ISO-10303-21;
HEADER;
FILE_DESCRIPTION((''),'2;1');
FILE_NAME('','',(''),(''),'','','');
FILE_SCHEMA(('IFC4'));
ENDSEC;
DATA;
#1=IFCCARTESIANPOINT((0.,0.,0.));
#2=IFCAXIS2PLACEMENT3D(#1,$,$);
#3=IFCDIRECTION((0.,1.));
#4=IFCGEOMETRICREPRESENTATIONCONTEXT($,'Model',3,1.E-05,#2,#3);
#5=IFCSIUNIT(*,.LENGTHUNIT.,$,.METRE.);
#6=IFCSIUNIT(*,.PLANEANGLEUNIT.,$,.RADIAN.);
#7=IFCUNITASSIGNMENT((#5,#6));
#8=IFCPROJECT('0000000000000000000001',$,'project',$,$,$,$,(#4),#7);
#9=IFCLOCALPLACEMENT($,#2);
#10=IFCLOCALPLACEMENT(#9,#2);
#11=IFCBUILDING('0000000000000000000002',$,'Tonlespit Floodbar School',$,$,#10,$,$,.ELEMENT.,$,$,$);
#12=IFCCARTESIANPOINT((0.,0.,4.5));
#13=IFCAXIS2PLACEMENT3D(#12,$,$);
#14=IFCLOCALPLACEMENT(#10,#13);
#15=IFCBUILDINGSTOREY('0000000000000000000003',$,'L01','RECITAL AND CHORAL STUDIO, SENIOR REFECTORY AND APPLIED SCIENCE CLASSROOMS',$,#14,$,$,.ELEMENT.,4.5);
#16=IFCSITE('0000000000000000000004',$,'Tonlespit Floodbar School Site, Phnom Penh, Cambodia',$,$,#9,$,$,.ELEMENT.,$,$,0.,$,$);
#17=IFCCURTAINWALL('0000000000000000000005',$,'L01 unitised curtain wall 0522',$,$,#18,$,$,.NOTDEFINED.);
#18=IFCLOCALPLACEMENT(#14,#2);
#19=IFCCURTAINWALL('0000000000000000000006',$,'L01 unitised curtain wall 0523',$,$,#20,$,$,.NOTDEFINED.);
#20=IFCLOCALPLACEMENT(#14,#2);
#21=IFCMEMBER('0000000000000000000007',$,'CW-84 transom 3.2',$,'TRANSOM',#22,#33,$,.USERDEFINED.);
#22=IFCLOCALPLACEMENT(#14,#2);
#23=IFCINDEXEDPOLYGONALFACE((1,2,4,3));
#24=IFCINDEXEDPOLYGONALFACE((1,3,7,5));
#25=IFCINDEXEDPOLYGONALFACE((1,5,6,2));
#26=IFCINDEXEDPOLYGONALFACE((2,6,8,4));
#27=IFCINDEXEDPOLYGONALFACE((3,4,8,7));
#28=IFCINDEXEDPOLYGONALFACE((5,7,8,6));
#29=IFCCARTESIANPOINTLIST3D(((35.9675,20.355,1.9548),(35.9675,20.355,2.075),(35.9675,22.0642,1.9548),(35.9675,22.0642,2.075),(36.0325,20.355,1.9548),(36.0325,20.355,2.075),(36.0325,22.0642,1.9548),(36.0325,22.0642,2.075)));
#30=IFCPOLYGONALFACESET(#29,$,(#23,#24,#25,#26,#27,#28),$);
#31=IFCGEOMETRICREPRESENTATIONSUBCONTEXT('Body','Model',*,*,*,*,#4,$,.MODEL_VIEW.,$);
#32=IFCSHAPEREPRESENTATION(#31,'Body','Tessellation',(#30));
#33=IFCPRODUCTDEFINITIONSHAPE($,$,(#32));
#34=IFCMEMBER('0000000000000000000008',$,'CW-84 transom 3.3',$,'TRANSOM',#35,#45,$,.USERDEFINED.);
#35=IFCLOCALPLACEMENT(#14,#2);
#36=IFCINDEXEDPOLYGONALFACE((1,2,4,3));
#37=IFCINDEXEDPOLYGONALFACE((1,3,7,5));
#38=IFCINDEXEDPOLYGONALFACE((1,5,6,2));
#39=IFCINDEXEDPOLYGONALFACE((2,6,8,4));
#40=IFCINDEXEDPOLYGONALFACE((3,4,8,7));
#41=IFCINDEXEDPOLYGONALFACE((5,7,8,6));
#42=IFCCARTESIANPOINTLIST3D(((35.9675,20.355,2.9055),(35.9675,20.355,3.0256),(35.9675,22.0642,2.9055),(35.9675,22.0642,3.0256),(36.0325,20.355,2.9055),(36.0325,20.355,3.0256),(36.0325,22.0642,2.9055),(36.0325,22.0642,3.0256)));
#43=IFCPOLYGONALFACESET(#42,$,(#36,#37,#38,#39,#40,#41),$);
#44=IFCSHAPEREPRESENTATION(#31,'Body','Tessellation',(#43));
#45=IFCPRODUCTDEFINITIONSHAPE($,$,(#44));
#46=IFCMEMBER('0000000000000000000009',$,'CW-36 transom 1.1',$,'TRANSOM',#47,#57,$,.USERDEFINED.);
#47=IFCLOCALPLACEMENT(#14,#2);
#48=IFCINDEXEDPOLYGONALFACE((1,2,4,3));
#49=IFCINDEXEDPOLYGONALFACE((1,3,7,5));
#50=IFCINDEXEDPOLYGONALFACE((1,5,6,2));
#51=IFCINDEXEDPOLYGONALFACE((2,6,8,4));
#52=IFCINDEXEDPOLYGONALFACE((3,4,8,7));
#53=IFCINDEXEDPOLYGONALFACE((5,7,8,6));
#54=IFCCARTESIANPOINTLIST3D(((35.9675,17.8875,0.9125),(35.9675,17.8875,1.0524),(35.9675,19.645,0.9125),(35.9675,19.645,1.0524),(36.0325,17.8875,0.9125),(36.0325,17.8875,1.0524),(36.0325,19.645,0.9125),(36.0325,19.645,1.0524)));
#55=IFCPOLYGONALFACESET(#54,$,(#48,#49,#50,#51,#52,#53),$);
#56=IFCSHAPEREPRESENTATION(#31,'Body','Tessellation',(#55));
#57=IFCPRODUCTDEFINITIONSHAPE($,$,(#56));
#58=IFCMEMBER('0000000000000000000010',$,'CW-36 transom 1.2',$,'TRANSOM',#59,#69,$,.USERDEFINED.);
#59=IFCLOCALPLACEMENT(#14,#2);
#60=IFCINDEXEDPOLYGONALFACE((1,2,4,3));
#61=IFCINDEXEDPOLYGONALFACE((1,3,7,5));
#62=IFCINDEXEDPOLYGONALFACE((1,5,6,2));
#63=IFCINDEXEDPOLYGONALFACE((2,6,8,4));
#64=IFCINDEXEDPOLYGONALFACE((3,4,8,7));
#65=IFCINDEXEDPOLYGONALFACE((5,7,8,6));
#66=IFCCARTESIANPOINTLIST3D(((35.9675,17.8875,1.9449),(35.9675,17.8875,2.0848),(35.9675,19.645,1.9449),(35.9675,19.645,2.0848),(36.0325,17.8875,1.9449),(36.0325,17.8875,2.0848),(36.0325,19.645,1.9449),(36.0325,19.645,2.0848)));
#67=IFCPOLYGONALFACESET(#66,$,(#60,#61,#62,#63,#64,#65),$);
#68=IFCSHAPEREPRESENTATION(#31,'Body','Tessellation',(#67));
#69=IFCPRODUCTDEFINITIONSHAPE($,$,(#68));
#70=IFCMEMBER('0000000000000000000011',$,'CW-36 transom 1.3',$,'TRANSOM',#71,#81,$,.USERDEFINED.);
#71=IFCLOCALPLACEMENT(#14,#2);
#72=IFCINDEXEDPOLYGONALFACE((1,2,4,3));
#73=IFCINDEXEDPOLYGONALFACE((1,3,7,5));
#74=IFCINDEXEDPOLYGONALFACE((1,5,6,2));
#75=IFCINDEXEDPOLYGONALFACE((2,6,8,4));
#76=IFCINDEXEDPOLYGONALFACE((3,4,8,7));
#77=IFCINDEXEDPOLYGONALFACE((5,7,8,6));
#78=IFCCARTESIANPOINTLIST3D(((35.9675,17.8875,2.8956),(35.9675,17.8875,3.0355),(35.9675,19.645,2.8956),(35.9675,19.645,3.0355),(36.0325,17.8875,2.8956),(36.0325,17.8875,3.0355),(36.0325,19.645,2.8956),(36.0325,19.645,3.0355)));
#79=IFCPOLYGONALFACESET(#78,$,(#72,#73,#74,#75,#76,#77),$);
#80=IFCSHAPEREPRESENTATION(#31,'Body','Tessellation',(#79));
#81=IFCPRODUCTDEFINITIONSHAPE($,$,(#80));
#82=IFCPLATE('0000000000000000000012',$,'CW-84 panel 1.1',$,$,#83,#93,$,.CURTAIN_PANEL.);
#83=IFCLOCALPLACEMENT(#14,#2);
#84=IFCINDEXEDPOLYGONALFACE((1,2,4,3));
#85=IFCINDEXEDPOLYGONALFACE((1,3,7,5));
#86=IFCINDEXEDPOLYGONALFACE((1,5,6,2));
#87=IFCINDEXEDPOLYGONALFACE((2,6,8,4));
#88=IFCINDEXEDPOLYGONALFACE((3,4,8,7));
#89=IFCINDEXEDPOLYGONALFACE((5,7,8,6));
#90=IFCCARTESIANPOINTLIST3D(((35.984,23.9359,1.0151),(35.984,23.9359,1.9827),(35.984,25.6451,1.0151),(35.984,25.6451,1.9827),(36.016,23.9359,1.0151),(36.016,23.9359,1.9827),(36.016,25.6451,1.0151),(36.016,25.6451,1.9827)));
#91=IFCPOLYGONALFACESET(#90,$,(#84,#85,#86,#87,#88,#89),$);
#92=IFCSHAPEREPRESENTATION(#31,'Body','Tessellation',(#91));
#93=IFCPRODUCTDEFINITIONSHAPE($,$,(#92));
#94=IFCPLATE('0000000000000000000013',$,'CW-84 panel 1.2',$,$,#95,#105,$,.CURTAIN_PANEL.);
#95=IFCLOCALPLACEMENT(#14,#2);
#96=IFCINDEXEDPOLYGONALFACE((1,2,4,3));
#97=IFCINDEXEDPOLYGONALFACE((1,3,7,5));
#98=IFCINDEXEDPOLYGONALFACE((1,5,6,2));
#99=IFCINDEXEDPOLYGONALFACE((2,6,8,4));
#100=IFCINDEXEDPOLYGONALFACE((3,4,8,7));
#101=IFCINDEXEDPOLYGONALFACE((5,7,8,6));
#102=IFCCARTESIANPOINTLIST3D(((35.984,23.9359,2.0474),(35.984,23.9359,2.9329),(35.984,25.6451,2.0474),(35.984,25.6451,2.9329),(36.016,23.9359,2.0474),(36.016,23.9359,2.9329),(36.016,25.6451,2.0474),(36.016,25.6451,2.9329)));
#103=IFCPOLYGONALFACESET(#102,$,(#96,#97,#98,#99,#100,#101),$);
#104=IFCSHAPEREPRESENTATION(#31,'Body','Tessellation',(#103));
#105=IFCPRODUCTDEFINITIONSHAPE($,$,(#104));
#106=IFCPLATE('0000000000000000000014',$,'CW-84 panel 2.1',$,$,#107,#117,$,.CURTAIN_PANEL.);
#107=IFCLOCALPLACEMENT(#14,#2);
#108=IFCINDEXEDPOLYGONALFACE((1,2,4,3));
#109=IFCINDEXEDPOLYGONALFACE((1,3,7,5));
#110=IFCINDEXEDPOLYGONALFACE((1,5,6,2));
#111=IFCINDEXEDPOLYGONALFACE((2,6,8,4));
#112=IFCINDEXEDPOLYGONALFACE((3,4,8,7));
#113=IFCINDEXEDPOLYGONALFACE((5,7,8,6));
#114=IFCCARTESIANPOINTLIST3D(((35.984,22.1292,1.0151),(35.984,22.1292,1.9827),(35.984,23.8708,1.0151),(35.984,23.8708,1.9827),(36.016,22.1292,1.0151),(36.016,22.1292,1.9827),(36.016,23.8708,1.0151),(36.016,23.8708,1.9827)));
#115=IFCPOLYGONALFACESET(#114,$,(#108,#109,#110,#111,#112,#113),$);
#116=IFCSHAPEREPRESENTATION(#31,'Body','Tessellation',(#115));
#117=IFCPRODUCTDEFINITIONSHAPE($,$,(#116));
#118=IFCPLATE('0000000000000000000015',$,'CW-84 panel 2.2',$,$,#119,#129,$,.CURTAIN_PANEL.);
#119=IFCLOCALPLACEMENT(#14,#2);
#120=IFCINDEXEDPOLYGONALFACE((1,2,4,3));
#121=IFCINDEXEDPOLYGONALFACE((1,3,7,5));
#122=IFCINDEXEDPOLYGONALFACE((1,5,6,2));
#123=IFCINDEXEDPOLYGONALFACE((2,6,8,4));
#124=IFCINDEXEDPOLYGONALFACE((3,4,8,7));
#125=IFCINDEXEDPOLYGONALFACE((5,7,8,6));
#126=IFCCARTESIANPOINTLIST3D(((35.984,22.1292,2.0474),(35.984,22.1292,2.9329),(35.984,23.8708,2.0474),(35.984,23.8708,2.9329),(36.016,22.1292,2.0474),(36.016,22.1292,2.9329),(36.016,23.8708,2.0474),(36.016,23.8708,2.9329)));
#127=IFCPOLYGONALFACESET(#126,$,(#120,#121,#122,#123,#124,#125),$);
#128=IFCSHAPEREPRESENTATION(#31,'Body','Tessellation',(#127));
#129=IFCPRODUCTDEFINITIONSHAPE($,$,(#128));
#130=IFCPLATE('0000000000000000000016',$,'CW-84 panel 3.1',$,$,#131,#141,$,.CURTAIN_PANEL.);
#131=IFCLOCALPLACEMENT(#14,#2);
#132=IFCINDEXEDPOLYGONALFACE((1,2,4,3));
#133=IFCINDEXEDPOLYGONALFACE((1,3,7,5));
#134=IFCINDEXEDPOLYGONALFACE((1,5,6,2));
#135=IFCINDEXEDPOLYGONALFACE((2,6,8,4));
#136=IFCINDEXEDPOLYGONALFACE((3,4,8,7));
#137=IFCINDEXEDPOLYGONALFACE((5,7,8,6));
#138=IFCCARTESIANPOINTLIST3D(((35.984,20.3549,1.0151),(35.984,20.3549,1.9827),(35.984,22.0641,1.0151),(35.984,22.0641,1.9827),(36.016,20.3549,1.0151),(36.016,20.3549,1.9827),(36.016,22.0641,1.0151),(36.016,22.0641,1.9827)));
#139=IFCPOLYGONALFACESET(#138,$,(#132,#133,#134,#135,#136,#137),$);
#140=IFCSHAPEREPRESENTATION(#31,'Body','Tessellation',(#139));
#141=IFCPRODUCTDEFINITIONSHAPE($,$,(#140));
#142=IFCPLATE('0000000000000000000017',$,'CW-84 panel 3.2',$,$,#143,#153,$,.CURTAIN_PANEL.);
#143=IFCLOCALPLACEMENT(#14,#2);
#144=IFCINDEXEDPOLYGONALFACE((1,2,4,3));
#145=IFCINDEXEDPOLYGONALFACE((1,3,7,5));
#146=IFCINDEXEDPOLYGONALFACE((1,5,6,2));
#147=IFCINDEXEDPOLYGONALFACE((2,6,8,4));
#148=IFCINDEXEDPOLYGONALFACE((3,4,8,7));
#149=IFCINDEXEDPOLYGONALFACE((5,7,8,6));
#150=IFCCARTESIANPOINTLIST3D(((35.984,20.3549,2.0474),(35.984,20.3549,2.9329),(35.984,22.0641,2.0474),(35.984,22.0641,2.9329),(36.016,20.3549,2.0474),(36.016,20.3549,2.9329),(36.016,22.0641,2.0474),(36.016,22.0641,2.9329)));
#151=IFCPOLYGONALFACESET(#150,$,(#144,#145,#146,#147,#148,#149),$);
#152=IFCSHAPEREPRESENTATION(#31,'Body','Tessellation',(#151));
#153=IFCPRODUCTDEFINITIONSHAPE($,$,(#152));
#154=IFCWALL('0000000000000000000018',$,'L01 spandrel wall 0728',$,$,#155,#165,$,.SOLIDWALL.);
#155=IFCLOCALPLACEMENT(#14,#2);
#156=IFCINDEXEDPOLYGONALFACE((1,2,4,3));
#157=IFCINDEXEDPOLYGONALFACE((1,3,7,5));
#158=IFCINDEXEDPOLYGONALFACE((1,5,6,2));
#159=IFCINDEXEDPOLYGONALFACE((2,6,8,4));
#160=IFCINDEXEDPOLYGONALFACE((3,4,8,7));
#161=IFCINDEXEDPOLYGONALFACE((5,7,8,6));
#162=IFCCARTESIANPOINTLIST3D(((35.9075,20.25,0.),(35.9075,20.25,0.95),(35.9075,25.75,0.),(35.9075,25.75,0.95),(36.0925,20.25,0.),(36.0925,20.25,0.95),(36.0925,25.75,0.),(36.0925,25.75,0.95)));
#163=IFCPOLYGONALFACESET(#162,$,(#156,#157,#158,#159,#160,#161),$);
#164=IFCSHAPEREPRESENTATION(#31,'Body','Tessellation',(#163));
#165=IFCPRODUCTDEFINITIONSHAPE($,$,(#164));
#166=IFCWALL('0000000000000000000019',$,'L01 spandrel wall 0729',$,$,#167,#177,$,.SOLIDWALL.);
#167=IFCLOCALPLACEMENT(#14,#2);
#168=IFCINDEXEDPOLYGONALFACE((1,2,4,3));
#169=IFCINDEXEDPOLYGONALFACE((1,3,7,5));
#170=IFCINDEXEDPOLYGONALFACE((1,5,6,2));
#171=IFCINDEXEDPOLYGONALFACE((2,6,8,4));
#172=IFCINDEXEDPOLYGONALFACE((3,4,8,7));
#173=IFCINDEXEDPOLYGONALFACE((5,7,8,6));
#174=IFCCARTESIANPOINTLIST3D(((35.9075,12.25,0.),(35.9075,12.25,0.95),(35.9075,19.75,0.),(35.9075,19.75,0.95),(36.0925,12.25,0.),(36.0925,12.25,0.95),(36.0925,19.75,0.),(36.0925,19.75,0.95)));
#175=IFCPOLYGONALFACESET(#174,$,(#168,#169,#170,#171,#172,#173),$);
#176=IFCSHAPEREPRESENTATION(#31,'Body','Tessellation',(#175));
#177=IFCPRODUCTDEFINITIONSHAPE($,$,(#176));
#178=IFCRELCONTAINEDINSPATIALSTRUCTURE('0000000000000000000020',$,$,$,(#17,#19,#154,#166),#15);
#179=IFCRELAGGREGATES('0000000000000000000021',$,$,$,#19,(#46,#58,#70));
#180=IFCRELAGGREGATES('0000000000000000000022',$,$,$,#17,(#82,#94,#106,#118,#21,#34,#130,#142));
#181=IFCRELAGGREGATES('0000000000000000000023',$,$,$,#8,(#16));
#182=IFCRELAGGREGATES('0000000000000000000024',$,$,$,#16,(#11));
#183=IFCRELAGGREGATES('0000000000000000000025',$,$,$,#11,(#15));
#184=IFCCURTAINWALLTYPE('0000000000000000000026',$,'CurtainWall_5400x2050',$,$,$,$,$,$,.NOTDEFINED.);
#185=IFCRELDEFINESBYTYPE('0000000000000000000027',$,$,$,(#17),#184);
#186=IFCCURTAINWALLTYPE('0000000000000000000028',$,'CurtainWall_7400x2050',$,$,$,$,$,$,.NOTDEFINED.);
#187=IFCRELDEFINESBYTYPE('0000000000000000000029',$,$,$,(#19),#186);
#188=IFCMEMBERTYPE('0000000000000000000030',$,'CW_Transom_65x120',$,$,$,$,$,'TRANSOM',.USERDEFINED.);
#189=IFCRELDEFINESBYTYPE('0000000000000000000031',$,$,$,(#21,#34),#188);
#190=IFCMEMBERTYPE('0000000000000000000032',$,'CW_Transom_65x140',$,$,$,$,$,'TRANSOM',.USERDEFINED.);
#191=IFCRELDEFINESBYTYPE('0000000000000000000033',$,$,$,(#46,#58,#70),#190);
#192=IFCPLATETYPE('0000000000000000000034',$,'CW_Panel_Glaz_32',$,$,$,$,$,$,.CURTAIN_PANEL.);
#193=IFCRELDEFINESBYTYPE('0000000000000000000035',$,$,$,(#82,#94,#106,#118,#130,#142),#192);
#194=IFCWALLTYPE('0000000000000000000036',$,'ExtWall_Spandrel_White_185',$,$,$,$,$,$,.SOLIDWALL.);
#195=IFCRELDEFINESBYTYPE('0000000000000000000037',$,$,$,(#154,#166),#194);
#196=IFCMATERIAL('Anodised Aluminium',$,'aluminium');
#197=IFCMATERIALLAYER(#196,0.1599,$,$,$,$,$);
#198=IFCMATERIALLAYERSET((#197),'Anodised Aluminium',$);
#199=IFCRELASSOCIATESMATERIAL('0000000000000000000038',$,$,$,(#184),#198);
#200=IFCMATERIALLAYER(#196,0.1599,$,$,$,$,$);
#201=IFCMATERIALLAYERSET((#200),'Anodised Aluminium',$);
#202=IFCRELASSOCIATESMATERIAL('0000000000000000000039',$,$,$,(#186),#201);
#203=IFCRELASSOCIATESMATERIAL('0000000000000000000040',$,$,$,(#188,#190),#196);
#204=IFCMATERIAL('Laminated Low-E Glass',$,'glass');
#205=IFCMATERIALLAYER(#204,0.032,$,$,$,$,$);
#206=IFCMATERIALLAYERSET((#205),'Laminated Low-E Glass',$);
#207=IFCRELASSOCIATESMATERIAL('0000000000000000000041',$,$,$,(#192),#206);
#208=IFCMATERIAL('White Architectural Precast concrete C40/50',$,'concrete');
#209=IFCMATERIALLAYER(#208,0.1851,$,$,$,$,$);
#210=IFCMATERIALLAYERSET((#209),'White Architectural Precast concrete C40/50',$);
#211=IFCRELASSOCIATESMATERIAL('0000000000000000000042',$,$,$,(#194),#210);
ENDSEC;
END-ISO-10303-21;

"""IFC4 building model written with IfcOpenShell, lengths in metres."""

from ifc_helpers import new_model, si_unit, direction, frame, frame_2d, origin, origin_2d, place, context, subcontext, project, spatial, rectangle, extrude, material, layer, layer_set, material_profile, profile_set, type_object, element, aggregate, save


model = new_model("IFC4")

# Units and contexts
model_context = context("Model", 3, precision=1e-05, world=origin(), true_north=direction((0.0, 1.0)))
body_context = subcontext(model_context, "Body", "Model", "MODEL_VIEW")
ifc_project = project(units=[si_unit("LENGTHUNIT", "METRE"), si_unit("PLANEANGLEUNIT", "RADIAN")], contexts=[model_context])

# Site, building, storey
site_placement = place(None, origin())
site = spatial("IfcSite", under=ifc_project, at=site_placement, Name="Tonlespit Floodbar School Site, Phnom Penh, Cambodia", CompositionType="ELEMENT", RefElevation=0.0)
building_placement = place(site_placement, origin())
building = spatial("IfcBuilding", under=site, at=building_placement, Name="Tonlespit Floodbar School", CompositionType="ELEMENT")
storey_placement = place(building_placement, frame((0.0, 0.0, 4.5)))
storey = spatial("IfcBuildingStorey", under=building, at=storey_placement, Name="L01", Description="RECITAL AND CHORAL STUDIO, SENIOR REFECTORY AND APPLIED SCIENCE CLASSROOMS", CompositionType="ELEMENT", Elevation=4.5)

# Curtain wall
ifc_material_1 = material(Name="Anodised Aluminium", Category="aluminium")
ifc_layer_1 = layer(ifc_material_1, 0.1599)
ifc_layer_set_1 = layer_set([ifc_layer_1], Name="Anodised Aluminium")
curtain_wall_type_1 = type_object("IfcCurtainWallType", Name="CurtainWall_5400x2050", PredefinedType="NOTDEFINED", material=ifc_layer_set_1)
curtain_wall_1_placement = place(storey_placement, origin())
curtain_wall_1 = element("IfcCurtainWall", 1, at=curtain_wall_1_placement, inside=storey, type_object=curtain_wall_type_1, Name="L01 unitised curtain wall 0522", PredefinedType="NOTDEFINED")

# Curtain wall
ifc_layer_2 = layer(ifc_material_1, 0.1599)
ifc_layer_set_2 = layer_set([ifc_layer_2], Name="Anodised Aluminium")
curtain_wall_type_2 = type_object("IfcCurtainWallType", Name="CurtainWall_7400x2050", PredefinedType="NOTDEFINED", material=ifc_layer_set_2)
curtain_wall_2_placement = place(storey_placement, origin())
curtain_wall_2 = element("IfcCurtainWall", 2, at=curtain_wall_2_placement, inside=storey, type_object=curtain_wall_type_2, Name="L01 unitised curtain wall 0523", PredefinedType="NOTDEFINED")

# Members
ifc_material_profile_1 = material_profile(ifc_material_1, rectangle(XDim=0.0649, YDim=0.1201, at=origin_2d()), Name="ALU T65x120")
ifc_profile_set_1 = profile_set([ifc_material_profile_1], Name="Anodised Aluminium")
member_type_1 = type_object("IfcMemberType", Name="CW_Transom_65x120", ElementType="TRANSOM", PredefinedType="USERDEFINED", material=ifc_profile_set_1)
member_1_placement = place(storey_placement, frame((36.0, 22.0642, 2.0149), z_axis=(0.0, -1.0, 0.0), x_axis=(1.0, 0.0, 0.0)))
member_1 = element("IfcMember", 3, at=member_1_placement, type_object=member_type_1, Name="CW-84 transom 3.2", ObjectType="TRANSOM", PredefinedType="USERDEFINED", context=body_context, shape_type="SweptSolid", body=[
    extrude(rectangle(XDim=0.0649, YDim=0.1201, at=origin_2d()), origin(), (0.0, 0.0, 1.0), 1.7092),
])
member_2_placement = place(storey_placement, frame((36.0, 22.0642, 2.9656), z_axis=(0.0, -1.0, 0.0), x_axis=(1.0, 0.0, 0.0)))
member_2 = element("IfcMember", 4, at=member_2_placement, type_object=member_type_1, Name="CW-84 transom 3.3", ObjectType="TRANSOM", PredefinedType="USERDEFINED", context=body_context, shape_type="SweptSolid", body=[
    extrude(rectangle(XDim=0.0649, YDim=0.1201, at=origin_2d()), origin(), (0.0, 0.0, 1.0), 1.7092),
])
ifc_material_profile_2 = material_profile(ifc_material_1, rectangle(XDim=0.0649, YDim=0.1399, at=origin_2d()), Name="ALU T65x140")
ifc_profile_set_2 = profile_set([ifc_material_profile_2], Name="Anodised Aluminium")
member_type_2 = type_object("IfcMemberType", Name="CW_Transom_65x140", ElementType="TRANSOM", PredefinedType="USERDEFINED", material=ifc_profile_set_2)
member_3_placement = place(storey_placement, frame((36.0, 19.645, 0.9824), z_axis=(0.0, -1.0, 0.0), x_axis=(1.0, 0.0, 0.0)))
member_3 = element("IfcMember", 5, at=member_3_placement, type_object=member_type_2, Name="CW-36 transom 1.1", ObjectType="TRANSOM", PredefinedType="USERDEFINED", context=body_context, shape_type="SweptSolid", body=[
    extrude(rectangle(XDim=0.0649, YDim=0.1399, at=origin_2d()), origin(), (0.0, 0.0, 1.0), 1.7576),
])
member_4_placement = place(storey_placement, frame((36.0, 19.645, 2.0149), z_axis=(0.0, -1.0, 0.0), x_axis=(1.0, 0.0, 0.0)))
member_4 = element("IfcMember", 6, at=member_4_placement, type_object=member_type_2, Name="CW-36 transom 1.2", ObjectType="TRANSOM", PredefinedType="USERDEFINED", context=body_context, shape_type="SweptSolid", body=[
    extrude(rectangle(XDim=0.0649, YDim=0.1399, at=origin_2d()), origin(), (0.0, 0.0, 1.0), 1.7576),
])
member_5_placement = place(storey_placement, frame((36.0, 19.645, 2.9656), z_axis=(0.0, -1.0, 0.0), x_axis=(1.0, 0.0, 0.0)))
member_5 = element("IfcMember", 7, at=member_5_placement, type_object=member_type_2, Name="CW-36 transom 1.3", ObjectType="TRANSOM", PredefinedType="USERDEFINED", context=body_context, shape_type="SweptSolid", body=[
    extrude(rectangle(XDim=0.0649, YDim=0.1399, at=origin_2d()), origin(), (0.0, 0.0, 1.0), 1.7576),
])
aggregate(curtain_wall_2, [member_3, member_4, member_5])

# Plates
ifc_material_2 = material(Name="Laminated Low-E Glass", Category="glass")
ifc_layer_3 = layer(ifc_material_2, 0.032)
ifc_layer_set_3 = layer_set([ifc_layer_3], Name="Laminated Low-E Glass")
plate_type = type_object("IfcPlateType", Name="CW_Panel_Glaz_32", PredefinedType="CURTAIN_PANEL", material=ifc_layer_set_3)
plate_1_placement = place(storey_placement, frame((36.0, 24.7905, 1.0151), z_axis=(0.0, 0.0, 1.0), x_axis=(0.0, -1.0, 0.0)))
plate_1 = element("IfcPlate", 8, at=plate_1_placement, type_object=plate_type, Name="CW-84 panel 1.1", PredefinedType="CURTAIN_PANEL", context=body_context, shape_type="SweptSolid", body=[
    extrude(rectangle(XDim=1.7092, YDim=0.032, at=origin_2d()), origin(), (0.0, 0.0, 1.0), 0.9675),
])
plate_2_placement = place(storey_placement, frame((36.0, 24.7905, 2.0474), z_axis=(0.0, 0.0, 1.0), x_axis=(0.0, -1.0, 0.0)))
plate_2 = element("IfcPlate", 9, at=plate_2_placement, type_object=plate_type, Name="CW-84 panel 1.2", PredefinedType="CURTAIN_PANEL", context=body_context, shape_type="SweptSolid", body=[
    extrude(rectangle(XDim=1.7092, YDim=0.032, at=origin_2d()), origin(), (0.0, 0.0, 1.0), 0.8855),
])
plate_3_placement = place(storey_placement, frame((36.0, 23.0, 1.0151), z_axis=(0.0, 0.0, 1.0), x_axis=(0.0, -1.0, 0.0)))
plate_3 = element("IfcPlate", 10, at=plate_3_placement, type_object=plate_type, Name="CW-84 panel 2.1", PredefinedType="CURTAIN_PANEL", context=body_context, shape_type="SweptSolid", body=[
    extrude(rectangle(XDim=1.7417, YDim=0.032, at=origin_2d()), origin(), (0.0, 0.0, 1.0), 0.9675),
])
plate_4_placement = place(storey_placement, frame((36.0, 23.0, 2.0474), z_axis=(0.0, 0.0, 1.0), x_axis=(0.0, -1.0, 0.0)))
plate_4 = element("IfcPlate", 11, at=plate_4_placement, type_object=plate_type, Name="CW-84 panel 2.2", PredefinedType="CURTAIN_PANEL", context=body_context, shape_type="SweptSolid", body=[
    extrude(rectangle(XDim=1.7417, YDim=0.032, at=origin_2d()), origin(), (0.0, 0.0, 1.0), 0.8855),
])
plate_5_placement = place(storey_placement, frame((36.0, 21.2095, 1.0151), z_axis=(0.0, 0.0, 1.0), x_axis=(0.0, -1.0, 0.0)))
plate_5 = element("IfcPlate", 12, at=plate_5_placement, type_object=plate_type, Name="CW-84 panel 3.1", PredefinedType="CURTAIN_PANEL", context=body_context, shape_type="SweptSolid", body=[
    extrude(rectangle(XDim=1.7092, YDim=0.032, at=origin_2d()), origin(), (0.0, 0.0, 1.0), 0.9675),
])
plate_6_placement = place(storey_placement, frame((36.0, 21.2095, 2.0474), z_axis=(0.0, 0.0, 1.0), x_axis=(0.0, -1.0, 0.0)))
plate_6 = element("IfcPlate", 13, at=plate_6_placement, type_object=plate_type, Name="CW-84 panel 3.2", PredefinedType="CURTAIN_PANEL", context=body_context, shape_type="SweptSolid", body=[
    extrude(rectangle(XDim=1.7092, YDim=0.032, at=origin_2d()), origin(), (0.0, 0.0, 1.0), 0.8855),
])
aggregate(curtain_wall_1, [plate_1, plate_2, plate_3, plate_4, member_1, member_2, plate_5, plate_6])

# Walls
ifc_material_3 = material(Name="White Architectural Precast concrete C40/50", Category="concrete")
ifc_layer_4 = layer(ifc_material_3, 0.1851)
ifc_layer_set_4 = layer_set([ifc_layer_4], Name="White Architectural Precast concrete C40/50")
wall_type = type_object("IfcWallType", Name="ExtWall_Spandrel_White_185", PredefinedType="SOLIDWALL", material=ifc_layer_set_4)
wall_1_placement = place(storey_placement, frame((36.0, 25.75, 0.0), z_axis=(0.0, 0.0, 1.0), x_axis=(0.0, -1.0, 0.0)))
element("IfcWall", 14, at=wall_1_placement, inside=storey, type_object=wall_type, Name="L01 spandrel wall 0728", PredefinedType="SOLIDWALL", context=body_context, shape_type="SweptSolid", body=[
    extrude(rectangle(XDim=5.5, YDim=0.1851, at=frame_2d((2.75, 0.0))), origin(), (0.0, 0.0, 1.0), 0.95),
])
wall_2_placement = place(storey_placement, frame((36.0, 19.75, 0.0), z_axis=(0.0, 0.0, 1.0), x_axis=(0.0, -1.0, 0.0)))
element("IfcWall", 15, at=wall_2_placement, inside=storey, type_object=wall_type, Name="L01 spandrel wall 0729", PredefinedType="SOLIDWALL", context=body_context, shape_type="SweptSolid", body=[
    extrude(rectangle(XDim=7.5, YDim=0.1851, at=frame_2d((3.75, 0.0))), origin(), (0.0, 0.0, 1.0), 0.95),
])

save(model, "model.ifc")
